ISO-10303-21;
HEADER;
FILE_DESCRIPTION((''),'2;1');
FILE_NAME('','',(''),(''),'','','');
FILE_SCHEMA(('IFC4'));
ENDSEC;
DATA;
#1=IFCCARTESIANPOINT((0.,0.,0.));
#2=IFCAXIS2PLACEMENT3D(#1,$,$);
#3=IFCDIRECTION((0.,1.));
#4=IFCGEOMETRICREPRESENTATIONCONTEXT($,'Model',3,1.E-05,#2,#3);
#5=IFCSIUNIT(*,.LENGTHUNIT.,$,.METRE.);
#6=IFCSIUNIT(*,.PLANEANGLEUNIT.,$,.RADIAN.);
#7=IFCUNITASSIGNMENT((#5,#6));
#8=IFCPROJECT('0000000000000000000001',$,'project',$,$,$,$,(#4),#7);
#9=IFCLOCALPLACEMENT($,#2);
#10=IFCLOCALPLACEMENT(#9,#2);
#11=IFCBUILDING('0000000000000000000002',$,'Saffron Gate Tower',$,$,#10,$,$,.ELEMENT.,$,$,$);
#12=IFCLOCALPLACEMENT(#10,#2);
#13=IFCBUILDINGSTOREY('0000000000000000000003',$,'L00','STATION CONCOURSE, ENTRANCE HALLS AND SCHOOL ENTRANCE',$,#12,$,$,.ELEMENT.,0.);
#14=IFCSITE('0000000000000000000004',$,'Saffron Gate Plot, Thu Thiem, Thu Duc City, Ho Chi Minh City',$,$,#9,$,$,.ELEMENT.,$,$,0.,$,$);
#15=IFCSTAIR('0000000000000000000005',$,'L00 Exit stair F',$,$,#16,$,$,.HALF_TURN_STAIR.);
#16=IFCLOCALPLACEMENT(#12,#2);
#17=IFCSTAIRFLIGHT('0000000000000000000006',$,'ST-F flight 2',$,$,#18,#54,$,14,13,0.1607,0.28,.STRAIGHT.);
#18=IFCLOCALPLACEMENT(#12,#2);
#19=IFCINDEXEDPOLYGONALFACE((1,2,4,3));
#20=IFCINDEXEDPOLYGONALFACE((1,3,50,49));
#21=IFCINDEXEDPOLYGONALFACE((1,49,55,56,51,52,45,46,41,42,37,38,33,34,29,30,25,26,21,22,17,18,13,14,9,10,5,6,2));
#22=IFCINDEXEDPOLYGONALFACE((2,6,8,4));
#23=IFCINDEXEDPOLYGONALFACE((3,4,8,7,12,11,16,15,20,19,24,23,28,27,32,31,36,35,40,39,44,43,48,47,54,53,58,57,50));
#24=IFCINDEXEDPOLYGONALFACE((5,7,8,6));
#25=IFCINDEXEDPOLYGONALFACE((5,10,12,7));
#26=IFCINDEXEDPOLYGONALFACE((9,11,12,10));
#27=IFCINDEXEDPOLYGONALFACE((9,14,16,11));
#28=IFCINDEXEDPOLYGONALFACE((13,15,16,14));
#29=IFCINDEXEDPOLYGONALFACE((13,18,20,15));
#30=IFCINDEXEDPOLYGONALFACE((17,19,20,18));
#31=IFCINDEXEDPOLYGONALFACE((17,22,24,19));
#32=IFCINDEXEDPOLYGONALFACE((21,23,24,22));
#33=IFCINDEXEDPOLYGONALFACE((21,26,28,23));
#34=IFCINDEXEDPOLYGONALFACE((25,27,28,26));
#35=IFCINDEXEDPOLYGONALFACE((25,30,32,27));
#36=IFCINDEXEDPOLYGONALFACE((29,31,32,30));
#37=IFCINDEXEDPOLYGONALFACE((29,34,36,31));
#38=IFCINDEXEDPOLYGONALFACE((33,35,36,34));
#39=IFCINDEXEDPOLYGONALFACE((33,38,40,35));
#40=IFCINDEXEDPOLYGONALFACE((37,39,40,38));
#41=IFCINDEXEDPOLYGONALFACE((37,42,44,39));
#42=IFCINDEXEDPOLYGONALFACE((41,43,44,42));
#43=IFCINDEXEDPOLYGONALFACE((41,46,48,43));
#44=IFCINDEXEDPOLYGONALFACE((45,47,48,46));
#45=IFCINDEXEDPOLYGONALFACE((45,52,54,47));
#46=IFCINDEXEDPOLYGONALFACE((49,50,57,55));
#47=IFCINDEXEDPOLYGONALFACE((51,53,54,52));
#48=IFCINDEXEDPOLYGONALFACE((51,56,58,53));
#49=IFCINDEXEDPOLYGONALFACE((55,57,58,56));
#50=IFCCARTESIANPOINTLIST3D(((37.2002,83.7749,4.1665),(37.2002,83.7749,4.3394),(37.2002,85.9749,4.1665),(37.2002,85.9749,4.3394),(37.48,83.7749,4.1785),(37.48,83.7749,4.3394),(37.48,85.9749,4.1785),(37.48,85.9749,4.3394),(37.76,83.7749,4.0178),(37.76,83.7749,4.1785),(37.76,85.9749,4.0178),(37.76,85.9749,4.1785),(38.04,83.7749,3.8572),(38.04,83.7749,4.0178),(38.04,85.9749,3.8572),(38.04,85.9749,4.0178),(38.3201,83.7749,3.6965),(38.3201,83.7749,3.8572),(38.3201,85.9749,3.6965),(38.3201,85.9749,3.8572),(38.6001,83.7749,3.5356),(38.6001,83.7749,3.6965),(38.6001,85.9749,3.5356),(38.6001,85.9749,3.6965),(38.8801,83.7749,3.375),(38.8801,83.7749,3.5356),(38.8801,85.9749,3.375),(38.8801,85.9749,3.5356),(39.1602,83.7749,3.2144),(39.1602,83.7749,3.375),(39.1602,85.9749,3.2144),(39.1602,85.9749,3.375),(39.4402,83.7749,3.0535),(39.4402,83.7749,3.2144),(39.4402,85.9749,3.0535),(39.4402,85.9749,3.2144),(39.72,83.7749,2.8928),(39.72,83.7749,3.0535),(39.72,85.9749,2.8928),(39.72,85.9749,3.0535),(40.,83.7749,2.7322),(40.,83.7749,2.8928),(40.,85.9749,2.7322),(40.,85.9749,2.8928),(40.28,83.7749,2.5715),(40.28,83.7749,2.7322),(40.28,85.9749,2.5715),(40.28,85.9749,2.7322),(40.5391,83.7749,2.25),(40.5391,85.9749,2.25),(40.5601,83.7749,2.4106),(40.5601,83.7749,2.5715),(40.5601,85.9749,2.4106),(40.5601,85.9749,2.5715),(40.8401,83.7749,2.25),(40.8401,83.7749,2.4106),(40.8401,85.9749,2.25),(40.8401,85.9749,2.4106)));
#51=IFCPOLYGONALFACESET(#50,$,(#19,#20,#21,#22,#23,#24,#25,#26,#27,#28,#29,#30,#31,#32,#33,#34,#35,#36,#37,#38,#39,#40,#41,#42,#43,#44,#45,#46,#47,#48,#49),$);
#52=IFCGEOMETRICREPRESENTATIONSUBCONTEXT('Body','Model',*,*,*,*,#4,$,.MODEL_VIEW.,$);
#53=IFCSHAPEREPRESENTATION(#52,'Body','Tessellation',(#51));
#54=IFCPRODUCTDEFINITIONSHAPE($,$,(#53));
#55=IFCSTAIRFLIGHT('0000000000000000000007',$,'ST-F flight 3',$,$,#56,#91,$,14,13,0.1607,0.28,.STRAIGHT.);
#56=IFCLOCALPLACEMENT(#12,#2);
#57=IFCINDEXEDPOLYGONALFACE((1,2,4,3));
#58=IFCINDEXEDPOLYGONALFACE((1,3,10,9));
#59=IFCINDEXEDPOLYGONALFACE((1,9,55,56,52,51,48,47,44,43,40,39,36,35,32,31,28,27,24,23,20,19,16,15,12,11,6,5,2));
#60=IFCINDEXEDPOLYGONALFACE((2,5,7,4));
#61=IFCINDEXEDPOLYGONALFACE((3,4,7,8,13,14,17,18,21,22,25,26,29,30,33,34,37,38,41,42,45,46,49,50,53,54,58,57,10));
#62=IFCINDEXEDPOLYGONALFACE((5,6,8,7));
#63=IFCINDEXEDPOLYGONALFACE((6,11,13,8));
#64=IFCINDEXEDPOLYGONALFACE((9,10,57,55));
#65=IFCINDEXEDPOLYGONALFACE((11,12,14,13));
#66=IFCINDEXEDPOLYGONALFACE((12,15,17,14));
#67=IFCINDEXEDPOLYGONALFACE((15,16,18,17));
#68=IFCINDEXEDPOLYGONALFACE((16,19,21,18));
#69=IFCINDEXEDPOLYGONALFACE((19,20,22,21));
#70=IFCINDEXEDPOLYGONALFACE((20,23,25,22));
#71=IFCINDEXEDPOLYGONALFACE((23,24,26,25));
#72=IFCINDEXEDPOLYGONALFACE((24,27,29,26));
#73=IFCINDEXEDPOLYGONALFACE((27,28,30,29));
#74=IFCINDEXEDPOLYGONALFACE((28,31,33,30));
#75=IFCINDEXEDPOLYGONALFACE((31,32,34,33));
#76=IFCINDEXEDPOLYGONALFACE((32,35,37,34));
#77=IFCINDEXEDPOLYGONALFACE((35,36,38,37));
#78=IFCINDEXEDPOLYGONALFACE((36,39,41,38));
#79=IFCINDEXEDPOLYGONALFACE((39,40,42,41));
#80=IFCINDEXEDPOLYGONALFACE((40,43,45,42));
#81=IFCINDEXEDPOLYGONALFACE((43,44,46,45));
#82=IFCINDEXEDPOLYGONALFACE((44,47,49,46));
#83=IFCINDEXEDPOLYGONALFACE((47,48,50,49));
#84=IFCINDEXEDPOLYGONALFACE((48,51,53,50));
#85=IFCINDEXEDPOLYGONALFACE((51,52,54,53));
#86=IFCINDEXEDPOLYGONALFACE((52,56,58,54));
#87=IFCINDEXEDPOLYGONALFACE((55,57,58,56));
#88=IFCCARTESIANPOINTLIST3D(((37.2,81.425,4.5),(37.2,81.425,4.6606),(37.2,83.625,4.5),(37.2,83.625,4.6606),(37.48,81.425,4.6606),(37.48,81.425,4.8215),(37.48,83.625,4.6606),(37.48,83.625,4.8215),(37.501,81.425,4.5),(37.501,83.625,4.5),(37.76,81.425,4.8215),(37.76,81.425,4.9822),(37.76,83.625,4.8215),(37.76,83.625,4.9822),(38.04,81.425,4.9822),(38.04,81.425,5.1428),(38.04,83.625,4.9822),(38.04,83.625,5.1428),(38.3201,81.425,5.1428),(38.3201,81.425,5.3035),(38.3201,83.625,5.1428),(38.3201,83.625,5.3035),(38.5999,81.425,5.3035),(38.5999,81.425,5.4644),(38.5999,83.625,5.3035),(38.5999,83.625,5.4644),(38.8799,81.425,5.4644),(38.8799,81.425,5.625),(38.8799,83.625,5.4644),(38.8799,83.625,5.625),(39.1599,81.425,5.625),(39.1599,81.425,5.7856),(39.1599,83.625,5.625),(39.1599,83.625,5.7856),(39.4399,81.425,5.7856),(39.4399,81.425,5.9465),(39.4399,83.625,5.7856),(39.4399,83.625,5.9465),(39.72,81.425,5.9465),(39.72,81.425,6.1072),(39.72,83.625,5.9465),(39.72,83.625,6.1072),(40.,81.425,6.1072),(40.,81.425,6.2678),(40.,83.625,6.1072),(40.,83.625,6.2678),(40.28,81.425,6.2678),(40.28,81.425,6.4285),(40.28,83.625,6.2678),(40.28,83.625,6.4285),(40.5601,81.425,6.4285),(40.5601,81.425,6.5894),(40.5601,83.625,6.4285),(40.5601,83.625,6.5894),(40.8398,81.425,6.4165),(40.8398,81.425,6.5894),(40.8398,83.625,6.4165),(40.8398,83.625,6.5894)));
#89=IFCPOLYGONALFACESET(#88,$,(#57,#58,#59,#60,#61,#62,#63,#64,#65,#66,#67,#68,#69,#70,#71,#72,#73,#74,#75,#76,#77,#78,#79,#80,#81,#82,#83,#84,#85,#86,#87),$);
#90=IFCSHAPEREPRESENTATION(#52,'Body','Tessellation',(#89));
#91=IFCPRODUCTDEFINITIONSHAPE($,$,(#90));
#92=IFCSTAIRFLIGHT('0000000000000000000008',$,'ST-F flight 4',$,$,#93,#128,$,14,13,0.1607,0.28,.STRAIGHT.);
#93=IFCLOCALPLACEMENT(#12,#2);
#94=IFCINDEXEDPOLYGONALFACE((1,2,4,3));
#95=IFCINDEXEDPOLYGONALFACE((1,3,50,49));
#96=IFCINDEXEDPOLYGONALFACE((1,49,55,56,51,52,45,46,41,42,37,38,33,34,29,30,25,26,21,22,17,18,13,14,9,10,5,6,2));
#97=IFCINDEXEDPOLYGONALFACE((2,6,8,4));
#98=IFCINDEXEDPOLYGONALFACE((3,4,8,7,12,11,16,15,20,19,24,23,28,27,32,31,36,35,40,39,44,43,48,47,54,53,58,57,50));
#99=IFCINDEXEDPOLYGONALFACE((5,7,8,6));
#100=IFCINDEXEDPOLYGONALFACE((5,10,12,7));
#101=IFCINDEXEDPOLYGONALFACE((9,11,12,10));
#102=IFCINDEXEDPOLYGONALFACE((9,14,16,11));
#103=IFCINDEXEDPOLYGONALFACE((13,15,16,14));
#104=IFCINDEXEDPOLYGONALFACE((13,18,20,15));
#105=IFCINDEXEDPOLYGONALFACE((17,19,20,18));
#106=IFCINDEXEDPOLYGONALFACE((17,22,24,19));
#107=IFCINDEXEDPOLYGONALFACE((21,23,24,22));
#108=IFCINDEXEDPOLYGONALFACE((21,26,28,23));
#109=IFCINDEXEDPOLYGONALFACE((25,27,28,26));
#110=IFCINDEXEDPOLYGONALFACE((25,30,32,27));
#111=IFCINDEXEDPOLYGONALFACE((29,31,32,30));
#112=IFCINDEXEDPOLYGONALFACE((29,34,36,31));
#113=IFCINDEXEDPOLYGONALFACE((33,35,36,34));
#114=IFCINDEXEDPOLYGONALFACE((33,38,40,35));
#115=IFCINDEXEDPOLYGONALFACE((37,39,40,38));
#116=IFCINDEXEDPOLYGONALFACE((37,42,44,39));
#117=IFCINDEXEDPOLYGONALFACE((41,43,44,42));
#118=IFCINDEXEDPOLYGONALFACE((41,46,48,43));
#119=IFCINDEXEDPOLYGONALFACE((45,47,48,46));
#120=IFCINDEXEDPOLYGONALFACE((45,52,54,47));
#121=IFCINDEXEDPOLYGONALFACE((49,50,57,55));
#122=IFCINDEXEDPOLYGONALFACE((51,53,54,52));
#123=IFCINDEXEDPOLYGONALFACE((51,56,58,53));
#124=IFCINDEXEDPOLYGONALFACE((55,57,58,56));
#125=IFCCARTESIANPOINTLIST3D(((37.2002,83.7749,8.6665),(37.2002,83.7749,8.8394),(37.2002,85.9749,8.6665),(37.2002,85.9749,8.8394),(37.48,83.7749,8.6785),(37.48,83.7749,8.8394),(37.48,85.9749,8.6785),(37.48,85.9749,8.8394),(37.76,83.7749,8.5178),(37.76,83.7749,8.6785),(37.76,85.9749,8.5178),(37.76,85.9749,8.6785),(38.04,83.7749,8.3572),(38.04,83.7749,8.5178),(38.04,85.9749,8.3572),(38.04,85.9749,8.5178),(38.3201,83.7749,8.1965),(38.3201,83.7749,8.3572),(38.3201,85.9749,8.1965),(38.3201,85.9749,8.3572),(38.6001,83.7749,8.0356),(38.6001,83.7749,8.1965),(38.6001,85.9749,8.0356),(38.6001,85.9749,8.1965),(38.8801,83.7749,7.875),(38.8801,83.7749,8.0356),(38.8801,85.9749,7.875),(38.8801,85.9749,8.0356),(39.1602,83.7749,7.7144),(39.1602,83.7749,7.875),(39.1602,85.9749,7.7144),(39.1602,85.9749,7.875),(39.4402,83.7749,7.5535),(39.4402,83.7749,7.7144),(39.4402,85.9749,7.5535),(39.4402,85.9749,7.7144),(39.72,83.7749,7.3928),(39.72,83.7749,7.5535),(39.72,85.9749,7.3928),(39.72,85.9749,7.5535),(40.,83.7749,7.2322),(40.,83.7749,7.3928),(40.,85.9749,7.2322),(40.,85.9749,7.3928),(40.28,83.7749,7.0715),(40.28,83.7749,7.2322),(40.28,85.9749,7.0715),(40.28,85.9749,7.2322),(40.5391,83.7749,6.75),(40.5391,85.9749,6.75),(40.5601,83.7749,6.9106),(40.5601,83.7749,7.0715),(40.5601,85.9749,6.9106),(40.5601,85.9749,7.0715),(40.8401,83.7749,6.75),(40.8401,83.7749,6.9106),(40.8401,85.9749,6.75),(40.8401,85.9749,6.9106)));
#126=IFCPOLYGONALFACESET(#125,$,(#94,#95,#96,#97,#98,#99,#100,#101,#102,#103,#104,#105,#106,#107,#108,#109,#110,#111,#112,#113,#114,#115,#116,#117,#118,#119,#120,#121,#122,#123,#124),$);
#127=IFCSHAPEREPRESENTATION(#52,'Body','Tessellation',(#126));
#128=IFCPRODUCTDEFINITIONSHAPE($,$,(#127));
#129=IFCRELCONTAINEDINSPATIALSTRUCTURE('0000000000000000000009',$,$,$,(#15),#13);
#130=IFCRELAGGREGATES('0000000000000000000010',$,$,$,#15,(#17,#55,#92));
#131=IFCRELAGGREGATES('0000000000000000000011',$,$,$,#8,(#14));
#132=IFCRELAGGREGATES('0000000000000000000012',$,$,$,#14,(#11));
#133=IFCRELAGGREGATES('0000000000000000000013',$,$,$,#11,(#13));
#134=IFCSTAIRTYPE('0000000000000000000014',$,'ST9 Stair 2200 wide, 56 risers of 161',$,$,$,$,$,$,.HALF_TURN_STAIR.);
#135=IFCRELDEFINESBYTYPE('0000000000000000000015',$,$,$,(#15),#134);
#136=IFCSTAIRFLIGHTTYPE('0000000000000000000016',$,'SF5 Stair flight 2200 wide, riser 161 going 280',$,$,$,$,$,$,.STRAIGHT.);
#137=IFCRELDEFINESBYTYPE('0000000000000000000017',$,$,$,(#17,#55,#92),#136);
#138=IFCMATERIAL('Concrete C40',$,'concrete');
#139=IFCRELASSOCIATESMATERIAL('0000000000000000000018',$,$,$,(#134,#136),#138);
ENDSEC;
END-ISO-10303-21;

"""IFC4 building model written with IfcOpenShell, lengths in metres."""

from ifc_helpers import new_model, si_unit, direction, frame, origin, place, context, subcontext, project, spatial, polyline, outline, extrude, material, type_object, element, aggregate, save


model = new_model("IFC4")

# Units and contexts
model_context = context("Model", 3, precision=1e-05, world=origin(), true_north=direction((0.0, 1.0)))
body_context = subcontext(model_context, "Body", "Model", "MODEL_VIEW")
ifc_project = project(units=[si_unit("LENGTHUNIT", "METRE"), si_unit("PLANEANGLEUNIT", "RADIAN")], contexts=[model_context])

# Site, building, storey
site_placement = place(None, origin())
site = spatial("IfcSite", under=ifc_project, at=site_placement, Name="Saffron Gate Plot, Thu Thiem, Thu Duc City, Ho Chi Minh City", CompositionType="ELEMENT", RefElevation=0.0)
building_placement = place(site_placement, origin())
building = spatial("IfcBuilding", under=site, at=building_placement, Name="Saffron Gate Tower", CompositionType="ELEMENT")
storey_placement = place(building_placement, origin())
storey = spatial("IfcBuildingStorey", under=building, at=storey_placement, Name="L00", Description="STATION CONCOURSE, ENTRANCE HALLS AND SCHOOL ENTRANCE", CompositionType="ELEMENT", Elevation=0.0)

# Stair, stair flights
ifc_material_1 = material(Name="Concrete C40", Category="concrete")
stair_type = type_object("IfcStairType", Name="ST9 Stair 2200 wide, 56 risers of 161", PredefinedType="HALF_TURN_STAIR", material=ifc_material_1)
stair_placement = place(storey_placement, origin())
stair = element("IfcStair", 1, at=stair_placement, inside=storey, type_object=stair_type, Name="L00 Exit stair F", PredefinedType="HALF_TURN_STAIR")
stair_flight_type = type_object("IfcStairFlightType", Name="SF5 Stair flight 2200 wide, riser 161 going 280", PredefinedType="STRAIGHT", material=ifc_material_1)
stair_flight_1_placement = place(storey_placement, frame((40.8401, 84.875, 2.25), z_axis=(0.0, 0.0, 1.0), x_axis=(-1.0, 0.0, 0.0)))
stair_flight_1 = element("IfcStairFlight", 2, at=stair_flight_1_placement, type_object=stair_flight_type, Name="ST-F flight 2", NumberOfRisers=14, NumberOfTreads=13, PredefinedType="STRAIGHT", RiserHeight=0.1607, TreadLength=0.28, context=body_context, shape_type="SweptSolid", body=[
    extrude(outline(polyline([(0.0, 0.0), (0.0, 0.1606), (0.28, 0.1606), (0.28, 0.3215), (0.5601, 0.3215), (0.5601, 0.4822), (0.8401, 0.4822), (0.8401, 0.6428), (1.1201, 0.6428), (1.1201, 0.8035), (1.3999, 0.8035), (1.3999, 0.9644), (1.6799, 0.9644), (1.6799, 1.125), (1.96, 1.125), (1.96, 1.2856), (2.24, 1.2856), (2.24, 1.4465), (2.52, 1.4465), (2.52, 1.6072), (2.8, 1.6072), (2.8, 1.7678), (3.0801, 1.7678), (3.0801, 1.9285), (3.3601, 1.9285), (3.3601, 2.0894), (3.6399, 2.0894), (3.6399, 2.25), (3.6399, 1.9165), (0.301, 0.0), (0.0, 0.0)])), frame((0.0, 1.1001, 0.0), z_axis=(0.0, -1.0, 0.0), x_axis=(1.0, 0.0, 0.0)), (0.0, 0.0, 1.0), 2.2),
])
stair_flight_2_placement = place(storey_placement, frame((37.2, 82.5249, 4.5), z_axis=(0.0, 0.0, 1.0), x_axis=(1.0, 0.0, 0.0)))
stair_flight_2 = element("IfcStairFlight", 3, at=stair_flight_2_placement, type_object=stair_flight_type, Name="ST-F flight 3", NumberOfRisers=14, NumberOfTreads=13, PredefinedType="STRAIGHT", RiserHeight=0.1607, TreadLength=0.28, context=body_context, shape_type="SweptSolid", body=[
    extrude(outline(polyline([(0.0, 0.0), (0.0, 0.1606), (0.28, 0.1606), (0.28, 0.3215), (0.5601, 0.3215), (0.5601, 0.4822), (0.8401, 0.4822), (0.8401, 0.6428), (1.1201, 0.6428), (1.1201, 0.8035), (1.3999, 0.8035), (1.3999, 0.9644), (1.6799, 0.9644), (1.6799, 1.125), (1.96, 1.125), (1.96, 1.2856), (2.24, 1.2856), (2.24, 1.4465), (2.52, 1.4465), (2.52, 1.6072), (2.8, 1.6072), (2.8, 1.7678), (3.0801, 1.7678), (3.0801, 1.9285), (3.3601, 1.9285), (3.3601, 2.0894), (3.6399, 2.0894), (3.6399, 2.25), (3.6399, 1.9165), (0.301, 0.0), (0.0, 0.0)])), frame((0.0, 1.1001, 0.0), z_axis=(0.0, -1.0, 0.0), x_axis=(1.0, 0.0, 0.0)), (0.0, 0.0, 1.0), 2.2),
])
stair_flight_3_placement = place(storey_placement, frame((40.8401, 84.875, 6.75), z_axis=(0.0, 0.0, 1.0), x_axis=(-1.0, 0.0, 0.0)))
stair_flight_3 = element("IfcStairFlight", 4, at=stair_flight_3_placement, type_object=stair_flight_type, Name="ST-F flight 4", NumberOfRisers=14, NumberOfTreads=13, PredefinedType="STRAIGHT", RiserHeight=0.1607, TreadLength=0.28, context=body_context, shape_type="SweptSolid", body=[
    extrude(outline(polyline([(0.0, 0.0), (0.0, 0.1606), (0.28, 0.1606), (0.28, 0.3215), (0.5601, 0.3215), (0.5601, 0.4822), (0.8401, 0.4822), (0.8401, 0.6428), (1.1201, 0.6428), (1.1201, 0.8035), (1.3999, 0.8035), (1.3999, 0.9644), (1.6799, 0.9644), (1.6799, 1.125), (1.96, 1.125), (1.96, 1.2856), (2.24, 1.2856), (2.24, 1.4465), (2.52, 1.4465), (2.52, 1.6072), (2.8, 1.6072), (2.8, 1.7678), (3.0801, 1.7678), (3.0801, 1.9285), (3.3601, 1.9285), (3.3601, 2.0894), (3.6399, 2.0894), (3.6399, 2.25), (3.6399, 1.9165), (0.301, 0.0), (0.0, 0.0)])), frame((0.0, 1.1001, 0.0), z_axis=(0.0, -1.0, 0.0), x_axis=(1.0, 0.0, 0.0)), (0.0, 0.0, 1.0), 2.2),
])
aggregate(stair, [stair_flight_1, stair_flight_2, stair_flight_3])

save(model, "model.ifc")
